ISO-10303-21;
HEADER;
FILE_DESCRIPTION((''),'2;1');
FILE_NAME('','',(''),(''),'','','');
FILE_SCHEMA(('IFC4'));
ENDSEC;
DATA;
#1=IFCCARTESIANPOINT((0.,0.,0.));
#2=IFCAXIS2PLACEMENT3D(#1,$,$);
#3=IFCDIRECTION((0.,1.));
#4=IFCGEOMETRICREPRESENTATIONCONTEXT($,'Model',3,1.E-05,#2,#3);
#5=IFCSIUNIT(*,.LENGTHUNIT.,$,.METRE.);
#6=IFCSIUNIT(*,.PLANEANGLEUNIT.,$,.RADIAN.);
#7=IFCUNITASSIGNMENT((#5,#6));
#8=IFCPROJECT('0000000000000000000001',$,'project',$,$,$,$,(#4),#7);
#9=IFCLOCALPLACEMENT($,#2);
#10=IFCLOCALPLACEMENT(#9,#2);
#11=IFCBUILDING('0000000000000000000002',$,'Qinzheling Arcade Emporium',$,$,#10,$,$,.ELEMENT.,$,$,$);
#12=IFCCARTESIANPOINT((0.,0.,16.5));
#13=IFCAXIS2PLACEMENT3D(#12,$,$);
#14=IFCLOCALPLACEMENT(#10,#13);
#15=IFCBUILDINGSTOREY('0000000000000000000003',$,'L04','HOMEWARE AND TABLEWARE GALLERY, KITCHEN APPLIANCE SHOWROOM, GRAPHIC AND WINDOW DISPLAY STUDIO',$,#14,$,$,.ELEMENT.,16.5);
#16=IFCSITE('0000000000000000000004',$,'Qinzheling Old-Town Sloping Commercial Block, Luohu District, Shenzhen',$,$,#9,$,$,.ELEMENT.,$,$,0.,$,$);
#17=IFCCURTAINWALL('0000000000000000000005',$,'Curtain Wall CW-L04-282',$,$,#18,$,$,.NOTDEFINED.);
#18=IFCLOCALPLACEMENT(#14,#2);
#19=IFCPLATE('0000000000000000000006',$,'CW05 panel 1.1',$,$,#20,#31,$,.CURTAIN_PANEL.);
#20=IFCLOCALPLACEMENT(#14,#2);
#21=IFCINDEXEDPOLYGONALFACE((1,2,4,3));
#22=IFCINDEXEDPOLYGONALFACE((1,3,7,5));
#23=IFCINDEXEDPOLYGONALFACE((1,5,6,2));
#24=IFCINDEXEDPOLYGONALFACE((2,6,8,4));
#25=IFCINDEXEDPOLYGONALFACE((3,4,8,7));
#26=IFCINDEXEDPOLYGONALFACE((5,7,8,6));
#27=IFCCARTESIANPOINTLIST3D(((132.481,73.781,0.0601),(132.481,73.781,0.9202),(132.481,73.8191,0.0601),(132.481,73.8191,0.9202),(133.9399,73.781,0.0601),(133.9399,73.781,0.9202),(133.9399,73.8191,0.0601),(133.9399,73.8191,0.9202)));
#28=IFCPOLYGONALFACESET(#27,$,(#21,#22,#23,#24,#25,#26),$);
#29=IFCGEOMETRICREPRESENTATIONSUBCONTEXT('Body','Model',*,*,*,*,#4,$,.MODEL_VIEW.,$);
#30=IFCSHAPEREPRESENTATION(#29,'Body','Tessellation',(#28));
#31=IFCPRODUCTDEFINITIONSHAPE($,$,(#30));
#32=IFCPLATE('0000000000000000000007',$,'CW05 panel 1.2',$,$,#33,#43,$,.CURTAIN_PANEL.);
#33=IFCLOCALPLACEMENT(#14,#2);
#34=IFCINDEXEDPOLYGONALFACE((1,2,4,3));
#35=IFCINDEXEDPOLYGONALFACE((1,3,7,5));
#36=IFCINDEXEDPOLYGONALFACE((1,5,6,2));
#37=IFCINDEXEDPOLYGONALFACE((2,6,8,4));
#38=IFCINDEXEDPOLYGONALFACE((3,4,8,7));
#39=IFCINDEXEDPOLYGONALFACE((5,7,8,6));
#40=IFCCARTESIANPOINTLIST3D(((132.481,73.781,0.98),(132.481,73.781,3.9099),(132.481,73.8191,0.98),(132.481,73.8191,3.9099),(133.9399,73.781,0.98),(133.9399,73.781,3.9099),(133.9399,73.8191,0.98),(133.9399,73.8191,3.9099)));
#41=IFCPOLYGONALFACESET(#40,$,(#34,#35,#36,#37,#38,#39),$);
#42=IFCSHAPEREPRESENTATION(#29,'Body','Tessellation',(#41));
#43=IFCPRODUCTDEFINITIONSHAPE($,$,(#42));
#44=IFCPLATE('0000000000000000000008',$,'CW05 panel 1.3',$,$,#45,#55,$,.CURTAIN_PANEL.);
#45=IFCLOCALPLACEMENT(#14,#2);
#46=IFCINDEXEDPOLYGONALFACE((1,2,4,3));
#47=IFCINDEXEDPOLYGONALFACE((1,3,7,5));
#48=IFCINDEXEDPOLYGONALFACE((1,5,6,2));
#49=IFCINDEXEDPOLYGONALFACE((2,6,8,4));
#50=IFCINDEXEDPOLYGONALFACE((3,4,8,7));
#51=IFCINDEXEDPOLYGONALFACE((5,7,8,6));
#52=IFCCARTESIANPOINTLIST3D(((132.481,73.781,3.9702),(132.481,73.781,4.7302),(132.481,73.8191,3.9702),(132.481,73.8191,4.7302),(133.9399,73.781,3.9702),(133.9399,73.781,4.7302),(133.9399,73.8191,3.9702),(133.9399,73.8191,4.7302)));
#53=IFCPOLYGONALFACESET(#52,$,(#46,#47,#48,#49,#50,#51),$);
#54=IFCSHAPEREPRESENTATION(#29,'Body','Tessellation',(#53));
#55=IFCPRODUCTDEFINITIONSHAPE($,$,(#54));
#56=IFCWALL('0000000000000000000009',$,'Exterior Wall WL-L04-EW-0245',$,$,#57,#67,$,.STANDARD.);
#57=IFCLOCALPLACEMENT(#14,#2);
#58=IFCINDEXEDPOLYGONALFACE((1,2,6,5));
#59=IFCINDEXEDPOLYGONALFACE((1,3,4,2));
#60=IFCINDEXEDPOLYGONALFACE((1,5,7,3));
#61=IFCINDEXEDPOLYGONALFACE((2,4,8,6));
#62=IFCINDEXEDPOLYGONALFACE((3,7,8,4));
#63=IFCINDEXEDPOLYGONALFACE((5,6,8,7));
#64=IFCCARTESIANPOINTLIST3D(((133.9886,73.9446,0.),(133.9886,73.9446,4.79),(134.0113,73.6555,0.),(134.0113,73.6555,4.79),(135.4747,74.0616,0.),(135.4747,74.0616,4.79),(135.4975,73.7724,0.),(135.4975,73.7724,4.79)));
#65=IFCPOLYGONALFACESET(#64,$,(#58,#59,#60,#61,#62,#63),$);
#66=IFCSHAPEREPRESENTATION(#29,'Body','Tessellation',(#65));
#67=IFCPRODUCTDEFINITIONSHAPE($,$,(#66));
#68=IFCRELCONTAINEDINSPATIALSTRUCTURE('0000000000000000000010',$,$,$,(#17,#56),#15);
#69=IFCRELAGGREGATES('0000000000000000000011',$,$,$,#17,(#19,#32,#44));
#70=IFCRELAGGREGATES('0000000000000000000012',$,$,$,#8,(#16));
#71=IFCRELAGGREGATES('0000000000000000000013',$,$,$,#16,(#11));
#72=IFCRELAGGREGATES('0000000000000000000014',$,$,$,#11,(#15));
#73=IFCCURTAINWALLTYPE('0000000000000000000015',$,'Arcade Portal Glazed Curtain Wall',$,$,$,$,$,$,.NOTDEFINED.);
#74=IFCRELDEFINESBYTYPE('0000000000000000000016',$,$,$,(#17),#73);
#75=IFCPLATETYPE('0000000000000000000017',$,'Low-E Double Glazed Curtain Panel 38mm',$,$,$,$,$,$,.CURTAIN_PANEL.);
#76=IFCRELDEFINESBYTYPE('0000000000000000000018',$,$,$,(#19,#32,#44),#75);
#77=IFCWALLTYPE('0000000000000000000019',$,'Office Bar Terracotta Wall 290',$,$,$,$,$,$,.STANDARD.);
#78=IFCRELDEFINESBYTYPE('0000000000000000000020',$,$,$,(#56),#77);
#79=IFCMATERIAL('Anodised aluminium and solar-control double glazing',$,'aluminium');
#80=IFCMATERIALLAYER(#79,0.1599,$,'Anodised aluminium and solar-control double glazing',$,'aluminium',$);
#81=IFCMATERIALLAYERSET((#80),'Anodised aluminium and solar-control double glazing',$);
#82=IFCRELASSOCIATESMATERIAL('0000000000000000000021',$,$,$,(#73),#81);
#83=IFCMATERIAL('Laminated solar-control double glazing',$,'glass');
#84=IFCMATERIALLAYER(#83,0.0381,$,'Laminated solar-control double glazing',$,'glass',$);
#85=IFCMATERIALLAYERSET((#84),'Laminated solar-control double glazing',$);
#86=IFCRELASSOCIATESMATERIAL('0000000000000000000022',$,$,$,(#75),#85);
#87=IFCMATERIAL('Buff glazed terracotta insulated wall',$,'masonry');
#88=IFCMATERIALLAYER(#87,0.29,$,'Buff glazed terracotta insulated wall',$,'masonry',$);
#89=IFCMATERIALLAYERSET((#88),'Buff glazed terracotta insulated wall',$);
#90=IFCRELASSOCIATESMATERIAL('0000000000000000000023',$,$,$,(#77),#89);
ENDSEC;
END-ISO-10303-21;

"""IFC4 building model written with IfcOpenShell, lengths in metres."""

from ifc_helpers import new_model, si_unit, direction, frame, frame_2d, origin, origin_2d, place, context, subcontext, project, spatial, rectangle, extrude, material, layer, layer_set, type_object, element, aggregate, save


model = new_model("IFC4")

# Units and contexts
model_context = context("Model", 3, precision=1e-05, world=origin(), true_north=direction((0.0, 1.0)))
body_context = subcontext(model_context, "Body", "Model", "MODEL_VIEW")
ifc_project = project(units=[si_unit("LENGTHUNIT", "METRE"), si_unit("PLANEANGLEUNIT", "RADIAN")], contexts=[model_context])

# Site, building, storey
site_placement = place(None, origin())
site = spatial("IfcSite", under=ifc_project, at=site_placement, Name="Qinzheling Old-Town Sloping Commercial Block, Luohu District, Shenzhen", CompositionType="ELEMENT", RefElevation=0.0)
building_placement = place(site_placement, origin())
building = spatial("IfcBuilding", under=site, at=building_placement, Name="Qinzheling Arcade Emporium", CompositionType="ELEMENT")
storey_placement = place(building_placement, frame((0.0, 0.0, 16.5)))
storey = spatial("IfcBuildingStorey", under=building, at=storey_placement, Name="L04", Description="HOMEWARE AND TABLEWARE GALLERY, KITCHEN APPLIANCE SHOWROOM, GRAPHIC AND WINDOW DISPLAY STUDIO", CompositionType="ELEMENT", Elevation=16.5)

# Shared definitions
ifc_material_1 = material(Name="Anodised aluminium and solar-control double glazing", Category="aluminium")

# Curtain wall
ifc_layer_1 = layer(ifc_material_1, 0.1599, Name="Anodised aluminium and solar-control double glazing", Category="aluminium")
ifc_layer_set_1 = layer_set([ifc_layer_1], Name="Anodised aluminium and solar-control double glazing")
curtain_wall_type_1 = type_object("IfcCurtainWallType", Name="Arcade Portal Glazed Curtain Wall", PredefinedType="NOTDEFINED", material=ifc_layer_set_1)
curtain_wall_1_placement = place(storey_placement, origin())
curtain_wall_1 = element("IfcCurtainWall", 1, at=curtain_wall_1_placement, inside=storey, type_object=curtain_wall_type_1, Name="Curtain Wall CW-L04-282", PredefinedType="NOTDEFINED")

# Plates
ifc_material_2 = material(Name="Laminated solar-control double glazing", Category="glass")
ifc_layer_2 = layer(ifc_material_2, 0.0381, Name="Laminated solar-control double glazing", Category="glass")
ifc_layer_set_2 = layer_set([ifc_layer_2], Name="Laminated solar-control double glazing")
plate_type_1 = type_object("IfcPlateType", Name="Low-E Double Glazed Curtain Panel 38mm", PredefinedType="CURTAIN_PANEL", material=ifc_layer_set_2)
plate_1_placement = place(storey_placement, frame((133.2104, 73.8, 0.0601), z_axis=(0.0, 0.0, 1.0), x_axis=(-1.0, 0.0, 0.0)))
plate_1 = element("IfcPlate", 2, at=plate_1_placement, type_object=plate_type_1, Name="CW05 panel 1.1", PredefinedType="CURTAIN_PANEL", context=body_context, shape_type="SweptSolid", body=[
    extrude(rectangle(XDim=1.459, YDim=0.0381, at=origin_2d()), origin(), (0.0, 0.0, 1.0), 0.8601),
])
plate_2_placement = place(storey_placement, frame((133.2104, 73.8, 0.98), z_axis=(0.0, 0.0, 1.0), x_axis=(-1.0, 0.0, 0.0)))
plate_2 = element("IfcPlate", 3, at=plate_2_placement, type_object=plate_type_1, Name="CW05 panel 1.2", PredefinedType="CURTAIN_PANEL", context=body_context, shape_type="SweptSolid", body=[
    extrude(rectangle(XDim=1.459, YDim=0.0381, at=origin_2d()), origin(), (0.0, 0.0, 1.0), 2.9299),
])
plate_3_placement = place(storey_placement, frame((133.2104, 73.8, 3.9702), z_axis=(0.0, 0.0, 1.0), x_axis=(-1.0, 0.0, 0.0)))
plate_3 = element("IfcPlate", 4, at=plate_3_placement, type_object=plate_type_1, Name="CW05 panel 1.3", PredefinedType="CURTAIN_PANEL", context=body_context, shape_type="SweptSolid", body=[
    extrude(rectangle(XDim=1.459, YDim=0.0381, at=origin_2d()), origin(), (0.0, 0.0, 1.0), 0.76),
])
aggregate(curtain_wall_1, [plate_1, plate_2, plate_3])

# Wall
ifc_material_3 = material(Name="Buff glazed terracotta insulated wall", Category="masonry")
ifc_layer_3 = layer(ifc_material_3, 0.29, Name="Buff glazed terracotta insulated wall", Category="masonry")
ifc_layer_set_3 = layer_set([ifc_layer_3], Name="Buff glazed terracotta insulated wall")
wall_type = type_object("IfcWallType", Name="Office Bar Terracotta Wall 290", PredefinedType="STANDARD", material=ifc_layer_set_3)
wall_placement = place(storey_placement, frame((135.4861, 73.917, 0.0), z_axis=(0.0, 0.0, 1.0), x_axis=(-0.996918, -0.07845, 0.0)))
element("IfcWall", 5, at=wall_placement, inside=storey, type_object=wall_type, Name="Exterior Wall WL-L04-EW-0245", PredefinedType="STANDARD", context=body_context, shape_type="SweptSolid", body=[
    extrude(rectangle(XDim=1.4907, YDim=0.29, at=frame_2d((0.7454, 0.0))), origin(), (0.0, 0.0, 1.0), 4.79),
])

save(model, "model.ifc")
